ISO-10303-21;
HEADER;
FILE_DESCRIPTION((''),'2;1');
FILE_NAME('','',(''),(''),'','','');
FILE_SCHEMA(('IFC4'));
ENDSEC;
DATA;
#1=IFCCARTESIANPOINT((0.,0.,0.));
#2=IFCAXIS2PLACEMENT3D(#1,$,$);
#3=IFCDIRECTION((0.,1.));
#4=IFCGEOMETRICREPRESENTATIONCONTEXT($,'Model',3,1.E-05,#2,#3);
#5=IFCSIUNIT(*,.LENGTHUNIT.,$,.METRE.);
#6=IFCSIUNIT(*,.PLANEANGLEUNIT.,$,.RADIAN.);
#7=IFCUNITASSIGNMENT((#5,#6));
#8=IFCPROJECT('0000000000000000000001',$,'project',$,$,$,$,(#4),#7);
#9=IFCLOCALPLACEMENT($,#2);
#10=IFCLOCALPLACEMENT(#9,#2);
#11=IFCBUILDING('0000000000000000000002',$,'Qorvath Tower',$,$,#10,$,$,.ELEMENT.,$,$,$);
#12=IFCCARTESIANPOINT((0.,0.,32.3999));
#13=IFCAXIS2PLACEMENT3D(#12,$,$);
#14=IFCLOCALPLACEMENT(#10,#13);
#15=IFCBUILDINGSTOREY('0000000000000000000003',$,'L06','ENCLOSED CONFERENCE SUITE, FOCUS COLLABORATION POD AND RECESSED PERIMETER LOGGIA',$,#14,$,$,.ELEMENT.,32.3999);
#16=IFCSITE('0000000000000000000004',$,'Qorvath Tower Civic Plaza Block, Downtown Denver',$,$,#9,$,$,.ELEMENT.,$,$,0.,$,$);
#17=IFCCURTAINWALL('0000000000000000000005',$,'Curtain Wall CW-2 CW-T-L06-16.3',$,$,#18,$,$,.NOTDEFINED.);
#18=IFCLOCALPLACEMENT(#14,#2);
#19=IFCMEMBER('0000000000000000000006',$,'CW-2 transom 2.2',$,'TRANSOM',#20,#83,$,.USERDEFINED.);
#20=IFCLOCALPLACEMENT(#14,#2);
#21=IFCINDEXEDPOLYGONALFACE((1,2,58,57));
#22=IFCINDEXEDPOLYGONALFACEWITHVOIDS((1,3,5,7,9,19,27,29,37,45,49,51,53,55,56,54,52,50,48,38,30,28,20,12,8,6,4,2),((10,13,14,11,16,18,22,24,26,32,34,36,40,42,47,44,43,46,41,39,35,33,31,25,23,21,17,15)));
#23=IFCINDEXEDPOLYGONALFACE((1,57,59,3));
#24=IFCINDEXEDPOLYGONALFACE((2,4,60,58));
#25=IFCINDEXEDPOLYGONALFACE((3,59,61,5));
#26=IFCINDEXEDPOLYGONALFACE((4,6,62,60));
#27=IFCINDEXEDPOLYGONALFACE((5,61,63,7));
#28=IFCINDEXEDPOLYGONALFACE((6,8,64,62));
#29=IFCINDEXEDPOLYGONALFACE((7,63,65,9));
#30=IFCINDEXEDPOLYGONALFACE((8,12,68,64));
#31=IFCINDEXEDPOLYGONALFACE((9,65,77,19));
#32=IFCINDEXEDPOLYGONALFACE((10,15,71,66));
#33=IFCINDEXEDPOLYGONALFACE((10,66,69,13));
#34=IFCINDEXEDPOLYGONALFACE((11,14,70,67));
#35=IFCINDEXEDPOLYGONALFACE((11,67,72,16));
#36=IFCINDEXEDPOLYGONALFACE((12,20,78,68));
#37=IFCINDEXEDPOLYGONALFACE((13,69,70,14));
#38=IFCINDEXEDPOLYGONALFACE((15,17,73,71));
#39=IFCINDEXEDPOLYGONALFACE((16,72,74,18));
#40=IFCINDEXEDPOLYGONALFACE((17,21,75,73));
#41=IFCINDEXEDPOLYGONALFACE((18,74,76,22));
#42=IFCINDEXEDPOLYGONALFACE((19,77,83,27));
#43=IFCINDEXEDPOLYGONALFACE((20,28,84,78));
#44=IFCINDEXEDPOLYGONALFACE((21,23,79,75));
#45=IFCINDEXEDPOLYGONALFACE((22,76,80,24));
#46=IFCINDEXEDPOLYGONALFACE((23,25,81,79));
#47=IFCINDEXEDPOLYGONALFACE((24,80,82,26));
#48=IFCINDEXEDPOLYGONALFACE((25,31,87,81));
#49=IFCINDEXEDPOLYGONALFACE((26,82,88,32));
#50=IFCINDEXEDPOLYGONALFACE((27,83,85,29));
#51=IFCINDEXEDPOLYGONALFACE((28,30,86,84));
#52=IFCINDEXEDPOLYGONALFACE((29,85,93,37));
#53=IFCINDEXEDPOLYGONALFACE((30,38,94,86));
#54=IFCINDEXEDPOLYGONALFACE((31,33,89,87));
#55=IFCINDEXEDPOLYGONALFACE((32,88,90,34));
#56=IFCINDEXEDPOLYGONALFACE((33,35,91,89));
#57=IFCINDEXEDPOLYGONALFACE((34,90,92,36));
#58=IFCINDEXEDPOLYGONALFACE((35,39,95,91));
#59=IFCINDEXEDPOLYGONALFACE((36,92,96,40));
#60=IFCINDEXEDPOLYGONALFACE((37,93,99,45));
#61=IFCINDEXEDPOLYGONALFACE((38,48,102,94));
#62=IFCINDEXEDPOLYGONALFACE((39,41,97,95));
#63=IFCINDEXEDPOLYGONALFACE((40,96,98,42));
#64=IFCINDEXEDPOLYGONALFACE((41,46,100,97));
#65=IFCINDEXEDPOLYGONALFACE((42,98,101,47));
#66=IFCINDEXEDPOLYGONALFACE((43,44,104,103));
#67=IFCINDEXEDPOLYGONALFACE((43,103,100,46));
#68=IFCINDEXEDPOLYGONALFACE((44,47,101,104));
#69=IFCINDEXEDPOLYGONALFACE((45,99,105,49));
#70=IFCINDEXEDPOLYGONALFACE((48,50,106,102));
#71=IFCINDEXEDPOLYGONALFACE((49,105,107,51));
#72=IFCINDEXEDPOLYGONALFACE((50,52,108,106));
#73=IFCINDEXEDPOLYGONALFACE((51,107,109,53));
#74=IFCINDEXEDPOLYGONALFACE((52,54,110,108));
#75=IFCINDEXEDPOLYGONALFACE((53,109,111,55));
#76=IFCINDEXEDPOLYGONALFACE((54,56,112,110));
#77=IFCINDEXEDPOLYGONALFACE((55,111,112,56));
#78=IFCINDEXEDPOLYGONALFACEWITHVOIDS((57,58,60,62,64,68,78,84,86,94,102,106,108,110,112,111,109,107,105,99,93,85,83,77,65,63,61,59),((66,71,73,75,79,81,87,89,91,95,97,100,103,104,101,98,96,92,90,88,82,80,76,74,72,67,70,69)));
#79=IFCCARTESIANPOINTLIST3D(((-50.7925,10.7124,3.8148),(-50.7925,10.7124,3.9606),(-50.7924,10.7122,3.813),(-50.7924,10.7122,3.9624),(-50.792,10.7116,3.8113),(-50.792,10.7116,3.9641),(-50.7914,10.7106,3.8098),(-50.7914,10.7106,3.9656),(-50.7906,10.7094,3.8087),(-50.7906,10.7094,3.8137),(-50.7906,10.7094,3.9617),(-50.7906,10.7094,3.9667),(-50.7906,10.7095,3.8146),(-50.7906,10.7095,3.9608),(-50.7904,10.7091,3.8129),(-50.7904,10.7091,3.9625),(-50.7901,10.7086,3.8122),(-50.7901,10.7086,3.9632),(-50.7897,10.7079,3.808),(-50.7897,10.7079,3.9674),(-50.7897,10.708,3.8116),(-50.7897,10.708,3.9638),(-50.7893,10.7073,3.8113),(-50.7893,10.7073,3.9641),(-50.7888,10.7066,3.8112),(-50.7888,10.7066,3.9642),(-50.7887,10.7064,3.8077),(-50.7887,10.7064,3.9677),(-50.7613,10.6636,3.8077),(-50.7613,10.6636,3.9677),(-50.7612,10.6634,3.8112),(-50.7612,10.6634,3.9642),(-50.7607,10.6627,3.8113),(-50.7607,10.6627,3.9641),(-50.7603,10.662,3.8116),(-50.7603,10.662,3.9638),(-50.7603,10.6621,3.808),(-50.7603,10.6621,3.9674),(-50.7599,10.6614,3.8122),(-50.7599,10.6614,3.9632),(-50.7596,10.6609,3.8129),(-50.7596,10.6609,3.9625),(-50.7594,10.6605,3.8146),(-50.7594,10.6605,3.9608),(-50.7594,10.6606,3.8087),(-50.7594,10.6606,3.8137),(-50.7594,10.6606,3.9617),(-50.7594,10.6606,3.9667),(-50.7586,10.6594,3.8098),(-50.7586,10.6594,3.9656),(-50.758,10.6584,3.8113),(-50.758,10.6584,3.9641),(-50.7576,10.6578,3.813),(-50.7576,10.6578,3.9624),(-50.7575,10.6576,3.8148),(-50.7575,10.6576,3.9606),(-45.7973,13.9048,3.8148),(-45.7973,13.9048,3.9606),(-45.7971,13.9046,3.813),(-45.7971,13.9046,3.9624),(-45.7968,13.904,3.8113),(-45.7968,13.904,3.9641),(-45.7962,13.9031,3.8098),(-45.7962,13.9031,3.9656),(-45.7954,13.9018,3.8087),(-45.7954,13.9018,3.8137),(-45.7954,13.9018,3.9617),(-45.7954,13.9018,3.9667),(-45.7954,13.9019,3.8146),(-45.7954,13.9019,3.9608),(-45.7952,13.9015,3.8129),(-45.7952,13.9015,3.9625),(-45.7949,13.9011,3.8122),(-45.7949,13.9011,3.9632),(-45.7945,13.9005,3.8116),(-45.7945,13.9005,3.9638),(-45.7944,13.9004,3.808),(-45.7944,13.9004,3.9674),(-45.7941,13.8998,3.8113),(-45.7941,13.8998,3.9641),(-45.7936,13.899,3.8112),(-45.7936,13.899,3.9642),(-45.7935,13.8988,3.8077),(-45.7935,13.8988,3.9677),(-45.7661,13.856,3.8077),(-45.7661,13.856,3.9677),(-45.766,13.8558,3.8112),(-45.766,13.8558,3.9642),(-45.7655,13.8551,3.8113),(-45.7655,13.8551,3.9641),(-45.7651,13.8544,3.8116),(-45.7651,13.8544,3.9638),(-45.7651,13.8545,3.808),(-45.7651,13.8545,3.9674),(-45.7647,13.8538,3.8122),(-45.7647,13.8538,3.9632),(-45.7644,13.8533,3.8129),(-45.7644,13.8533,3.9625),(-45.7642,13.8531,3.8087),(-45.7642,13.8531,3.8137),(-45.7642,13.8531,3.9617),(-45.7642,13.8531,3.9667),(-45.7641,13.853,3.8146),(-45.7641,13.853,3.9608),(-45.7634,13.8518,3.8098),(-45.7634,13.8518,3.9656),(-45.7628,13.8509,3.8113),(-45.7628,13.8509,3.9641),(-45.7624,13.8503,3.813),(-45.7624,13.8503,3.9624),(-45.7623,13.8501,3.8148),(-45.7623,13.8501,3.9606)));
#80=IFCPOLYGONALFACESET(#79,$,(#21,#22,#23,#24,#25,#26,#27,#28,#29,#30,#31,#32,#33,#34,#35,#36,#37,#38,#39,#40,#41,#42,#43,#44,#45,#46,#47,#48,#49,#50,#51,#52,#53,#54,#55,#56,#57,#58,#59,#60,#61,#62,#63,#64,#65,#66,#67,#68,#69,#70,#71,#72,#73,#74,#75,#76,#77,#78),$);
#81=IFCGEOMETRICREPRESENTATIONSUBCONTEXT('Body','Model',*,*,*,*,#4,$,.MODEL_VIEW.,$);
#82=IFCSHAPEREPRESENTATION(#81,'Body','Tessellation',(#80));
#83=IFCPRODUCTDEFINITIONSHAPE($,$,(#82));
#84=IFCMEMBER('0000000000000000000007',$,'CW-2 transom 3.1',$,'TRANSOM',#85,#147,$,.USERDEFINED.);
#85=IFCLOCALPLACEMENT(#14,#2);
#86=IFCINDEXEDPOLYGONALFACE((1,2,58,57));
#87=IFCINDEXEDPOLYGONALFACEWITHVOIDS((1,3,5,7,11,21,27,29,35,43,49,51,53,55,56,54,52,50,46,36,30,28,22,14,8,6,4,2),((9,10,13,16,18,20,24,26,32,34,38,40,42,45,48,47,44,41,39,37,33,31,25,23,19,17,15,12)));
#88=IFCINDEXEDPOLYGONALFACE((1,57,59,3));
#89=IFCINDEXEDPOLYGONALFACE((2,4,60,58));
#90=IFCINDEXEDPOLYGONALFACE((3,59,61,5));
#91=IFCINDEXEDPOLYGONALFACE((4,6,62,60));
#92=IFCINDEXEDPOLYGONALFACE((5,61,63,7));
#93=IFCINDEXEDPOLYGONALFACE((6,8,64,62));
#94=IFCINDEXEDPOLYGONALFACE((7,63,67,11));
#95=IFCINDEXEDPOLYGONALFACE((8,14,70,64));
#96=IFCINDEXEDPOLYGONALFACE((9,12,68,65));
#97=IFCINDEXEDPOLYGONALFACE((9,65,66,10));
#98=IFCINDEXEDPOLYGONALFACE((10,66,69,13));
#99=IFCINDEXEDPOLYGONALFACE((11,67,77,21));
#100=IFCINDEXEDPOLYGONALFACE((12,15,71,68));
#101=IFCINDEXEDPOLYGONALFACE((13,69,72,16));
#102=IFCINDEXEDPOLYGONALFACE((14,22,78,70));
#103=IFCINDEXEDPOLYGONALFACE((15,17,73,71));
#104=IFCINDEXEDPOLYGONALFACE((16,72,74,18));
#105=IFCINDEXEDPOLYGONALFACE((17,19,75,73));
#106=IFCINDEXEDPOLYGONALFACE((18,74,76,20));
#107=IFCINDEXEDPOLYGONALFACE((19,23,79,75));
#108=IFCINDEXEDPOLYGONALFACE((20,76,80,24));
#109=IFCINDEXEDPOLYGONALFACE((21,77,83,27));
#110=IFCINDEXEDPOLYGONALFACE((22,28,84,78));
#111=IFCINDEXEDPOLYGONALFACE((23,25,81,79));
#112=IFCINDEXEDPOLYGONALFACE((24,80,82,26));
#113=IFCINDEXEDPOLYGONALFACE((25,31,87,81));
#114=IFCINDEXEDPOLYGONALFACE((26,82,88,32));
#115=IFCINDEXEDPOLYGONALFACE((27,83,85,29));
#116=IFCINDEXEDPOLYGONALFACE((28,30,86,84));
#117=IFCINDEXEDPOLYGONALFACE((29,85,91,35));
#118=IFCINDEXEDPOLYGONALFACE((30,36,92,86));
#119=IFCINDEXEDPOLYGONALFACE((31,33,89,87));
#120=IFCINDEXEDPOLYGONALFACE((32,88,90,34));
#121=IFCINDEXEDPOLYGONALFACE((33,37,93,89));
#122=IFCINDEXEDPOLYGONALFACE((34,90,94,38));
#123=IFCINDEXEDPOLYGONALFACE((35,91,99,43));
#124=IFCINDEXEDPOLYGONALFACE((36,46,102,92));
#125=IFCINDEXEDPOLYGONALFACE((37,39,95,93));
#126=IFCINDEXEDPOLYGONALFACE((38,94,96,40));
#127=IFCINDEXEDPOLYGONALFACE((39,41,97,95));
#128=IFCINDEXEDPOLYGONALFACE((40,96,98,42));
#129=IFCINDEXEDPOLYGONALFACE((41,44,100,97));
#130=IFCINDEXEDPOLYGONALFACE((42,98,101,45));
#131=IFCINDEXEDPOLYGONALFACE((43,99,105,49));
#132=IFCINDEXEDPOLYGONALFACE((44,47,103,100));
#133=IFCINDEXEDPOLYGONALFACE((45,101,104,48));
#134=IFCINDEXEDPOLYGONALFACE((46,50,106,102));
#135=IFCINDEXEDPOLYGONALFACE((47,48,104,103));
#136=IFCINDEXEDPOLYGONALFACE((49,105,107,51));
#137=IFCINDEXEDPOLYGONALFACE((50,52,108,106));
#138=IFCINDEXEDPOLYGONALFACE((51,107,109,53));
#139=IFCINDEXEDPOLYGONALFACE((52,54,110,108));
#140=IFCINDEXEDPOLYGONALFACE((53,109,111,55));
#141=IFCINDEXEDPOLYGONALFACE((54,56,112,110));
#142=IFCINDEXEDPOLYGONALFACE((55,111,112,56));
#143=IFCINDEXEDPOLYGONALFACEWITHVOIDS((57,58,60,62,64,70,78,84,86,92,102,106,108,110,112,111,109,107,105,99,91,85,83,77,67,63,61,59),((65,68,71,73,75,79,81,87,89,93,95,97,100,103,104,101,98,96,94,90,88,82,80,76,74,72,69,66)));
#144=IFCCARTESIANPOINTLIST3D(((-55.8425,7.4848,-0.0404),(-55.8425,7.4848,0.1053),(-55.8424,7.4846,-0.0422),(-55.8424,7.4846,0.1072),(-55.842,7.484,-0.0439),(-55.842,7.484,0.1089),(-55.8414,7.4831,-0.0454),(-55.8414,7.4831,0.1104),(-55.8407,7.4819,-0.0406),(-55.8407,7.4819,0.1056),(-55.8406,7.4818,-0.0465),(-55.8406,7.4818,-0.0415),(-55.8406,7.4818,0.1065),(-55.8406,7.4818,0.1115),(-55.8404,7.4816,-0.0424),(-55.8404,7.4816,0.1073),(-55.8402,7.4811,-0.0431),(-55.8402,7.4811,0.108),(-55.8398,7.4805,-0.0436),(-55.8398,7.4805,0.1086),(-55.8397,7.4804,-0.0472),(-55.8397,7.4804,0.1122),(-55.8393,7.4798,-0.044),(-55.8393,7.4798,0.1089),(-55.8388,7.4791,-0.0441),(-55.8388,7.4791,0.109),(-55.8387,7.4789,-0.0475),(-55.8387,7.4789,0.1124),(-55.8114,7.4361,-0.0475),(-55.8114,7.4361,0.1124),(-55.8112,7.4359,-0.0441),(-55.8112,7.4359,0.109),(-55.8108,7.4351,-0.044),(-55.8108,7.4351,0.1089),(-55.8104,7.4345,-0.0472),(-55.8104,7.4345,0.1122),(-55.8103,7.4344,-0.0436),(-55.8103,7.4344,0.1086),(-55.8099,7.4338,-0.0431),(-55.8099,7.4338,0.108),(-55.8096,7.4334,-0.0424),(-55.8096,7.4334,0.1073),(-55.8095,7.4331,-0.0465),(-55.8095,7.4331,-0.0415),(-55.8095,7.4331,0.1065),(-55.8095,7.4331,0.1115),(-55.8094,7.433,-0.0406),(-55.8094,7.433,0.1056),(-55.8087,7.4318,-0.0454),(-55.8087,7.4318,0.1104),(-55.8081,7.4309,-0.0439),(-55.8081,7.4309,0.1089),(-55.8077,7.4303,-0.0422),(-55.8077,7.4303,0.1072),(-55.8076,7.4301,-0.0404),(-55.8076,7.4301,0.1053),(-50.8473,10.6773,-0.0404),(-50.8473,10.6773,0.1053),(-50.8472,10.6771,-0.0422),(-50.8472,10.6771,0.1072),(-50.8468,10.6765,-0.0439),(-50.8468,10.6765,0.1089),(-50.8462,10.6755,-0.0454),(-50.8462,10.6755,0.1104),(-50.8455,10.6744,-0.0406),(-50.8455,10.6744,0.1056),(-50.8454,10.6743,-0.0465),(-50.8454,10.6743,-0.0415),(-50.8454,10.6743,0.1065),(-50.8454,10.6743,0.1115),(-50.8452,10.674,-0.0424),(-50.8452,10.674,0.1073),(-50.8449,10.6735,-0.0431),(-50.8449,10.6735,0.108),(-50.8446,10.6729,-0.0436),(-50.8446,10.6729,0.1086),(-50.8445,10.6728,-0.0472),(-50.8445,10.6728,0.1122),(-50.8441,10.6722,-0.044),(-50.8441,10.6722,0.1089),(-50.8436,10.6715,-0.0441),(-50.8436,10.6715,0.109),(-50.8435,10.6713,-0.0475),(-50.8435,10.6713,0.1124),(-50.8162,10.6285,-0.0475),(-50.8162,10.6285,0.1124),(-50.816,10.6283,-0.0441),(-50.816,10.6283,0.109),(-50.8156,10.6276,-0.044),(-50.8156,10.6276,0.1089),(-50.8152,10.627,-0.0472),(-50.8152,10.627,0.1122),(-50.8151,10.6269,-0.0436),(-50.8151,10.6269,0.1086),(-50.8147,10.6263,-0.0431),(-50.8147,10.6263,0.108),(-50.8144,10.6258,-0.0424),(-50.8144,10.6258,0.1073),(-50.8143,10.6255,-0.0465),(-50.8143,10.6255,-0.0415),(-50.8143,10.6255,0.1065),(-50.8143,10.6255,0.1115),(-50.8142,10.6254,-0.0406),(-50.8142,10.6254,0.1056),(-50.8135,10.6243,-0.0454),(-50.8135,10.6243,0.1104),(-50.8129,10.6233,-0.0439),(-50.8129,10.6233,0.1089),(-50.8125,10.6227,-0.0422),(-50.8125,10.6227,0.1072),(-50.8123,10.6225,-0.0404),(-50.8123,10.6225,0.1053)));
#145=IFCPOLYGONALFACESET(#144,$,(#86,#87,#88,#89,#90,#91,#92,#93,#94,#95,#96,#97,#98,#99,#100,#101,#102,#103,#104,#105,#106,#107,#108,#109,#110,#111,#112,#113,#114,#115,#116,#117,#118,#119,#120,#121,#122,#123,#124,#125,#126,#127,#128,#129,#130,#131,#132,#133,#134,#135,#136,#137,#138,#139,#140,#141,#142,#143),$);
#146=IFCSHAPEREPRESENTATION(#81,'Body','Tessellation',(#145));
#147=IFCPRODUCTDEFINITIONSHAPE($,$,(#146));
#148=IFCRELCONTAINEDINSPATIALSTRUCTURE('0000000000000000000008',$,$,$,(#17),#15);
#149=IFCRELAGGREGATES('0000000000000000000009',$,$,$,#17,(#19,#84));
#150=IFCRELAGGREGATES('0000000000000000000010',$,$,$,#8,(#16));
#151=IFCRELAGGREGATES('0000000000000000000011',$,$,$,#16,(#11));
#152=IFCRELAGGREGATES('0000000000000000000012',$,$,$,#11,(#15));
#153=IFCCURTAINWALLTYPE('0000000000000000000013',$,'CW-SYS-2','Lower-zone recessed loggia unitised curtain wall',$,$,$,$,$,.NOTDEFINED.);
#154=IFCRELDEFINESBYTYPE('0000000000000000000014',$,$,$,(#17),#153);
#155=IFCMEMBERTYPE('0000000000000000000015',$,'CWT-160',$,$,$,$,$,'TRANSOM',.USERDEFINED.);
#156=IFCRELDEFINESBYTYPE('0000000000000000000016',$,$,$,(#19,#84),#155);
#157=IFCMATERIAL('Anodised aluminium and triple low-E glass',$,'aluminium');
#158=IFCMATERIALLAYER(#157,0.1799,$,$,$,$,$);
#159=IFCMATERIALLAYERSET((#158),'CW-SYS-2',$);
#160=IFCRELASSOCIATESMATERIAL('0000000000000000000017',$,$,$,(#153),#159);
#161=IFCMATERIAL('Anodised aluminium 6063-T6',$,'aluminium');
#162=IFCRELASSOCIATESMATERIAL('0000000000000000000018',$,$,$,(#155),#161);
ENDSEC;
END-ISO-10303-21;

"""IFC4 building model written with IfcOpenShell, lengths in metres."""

from ifc_helpers import new_model, si_unit, direction, frame, origin, origin_2d, place, context, subcontext, project, spatial, hollow_rectangle, extrude, material, layer, layer_set, material_profile, profile_set, type_object, element, aggregate, save


model = new_model("IFC4")

# Units and contexts
model_context = context("Model", 3, precision=1e-05, world=origin(), true_north=direction((0.0, 1.0)))
body_context = subcontext(model_context, "Body", "Model", "MODEL_VIEW")
ifc_project = project(units=[si_unit("LENGTHUNIT", "METRE"), si_unit("PLANEANGLEUNIT", "RADIAN")], contexts=[model_context])

# Site, building, storey
site_placement = place(None, origin())
site = spatial("IfcSite", under=ifc_project, at=site_placement, Name="Qorvath Tower Civic Plaza Block, Downtown Denver", CompositionType="ELEMENT", RefElevation=0.0)
building_placement = place(site_placement, origin())
building = spatial("IfcBuilding", under=site, at=building_placement, Name="Qorvath Tower", CompositionType="ELEMENT")
storey_placement = place(building_placement, frame((0.0, 0.0, 32.3999)))
storey = spatial("IfcBuildingStorey", under=building, at=storey_placement, Name="L06", Description="ENCLOSED CONFERENCE SUITE, FOCUS COLLABORATION POD AND RECESSED PERIMETER LOGGIA", CompositionType="ELEMENT", Elevation=32.3999)

# Curtain wall, members
ifc_material_1 = material(Name="Anodised aluminium and triple low-E glass", Category="aluminium")
ifc_layer_1 = layer(ifc_material_1, 0.1799)
ifc_layer_set_1 = layer_set([ifc_layer_1], Name="CW-SYS-2")
curtain_wall_type = type_object("IfcCurtainWallType", Name="CW-SYS-2", Description="Lower-zone recessed loggia unitised curtain wall", PredefinedType="NOTDEFINED", material=ifc_layer_set_1)
curtain_wall_placement = place(storey_placement, origin())
curtain_wall = element("IfcCurtainWall", 1, at=curtain_wall_placement, inside=storey, type_object=curtain_wall_type, Name="Curtain Wall CW-2 CW-T-L06-16.3", PredefinedType="NOTDEFINED")
ifc_material_2 = material(Name="Anodised aluminium 6063-T6", Category="aluminium")
ifc_material_profile_1 = material_profile(ifc_material_2, hollow_rectangle(XDim=0.0649, YDim=0.1599, WallThickness=0.0034, InnerFilletRadius=0.0034, OuterFilletRadius=0.0071, at=origin_2d()), Name="CWT 160x65")
ifc_profile_set_1 = profile_set([ifc_material_profile_1], Name="Anodised aluminium 6063-T6")
member_type_1 = type_object("IfcMemberType", Name="CWT-160", ElementType="TRANSOM", PredefinedType="USERDEFINED", material=ifc_profile_set_1)
member_1_placement = place(storey_placement, frame((-45.7798, 13.8774, 3.8877), z_axis=(-0.842615, -0.538516, 0.0), x_axis=(0.538516, -0.842615, 0.0)))
member_1 = element("IfcMember", 2, at=member_1_placement, type_object=member_type_1, Name="CW-2 transom 2.2", ObjectType="TRANSOM", PredefinedType="USERDEFINED", context=body_context, shape_type="SweptSolid", body=[
    extrude(hollow_rectangle(XDim=0.0649, YDim=0.1599, WallThickness=0.0034, InnerFilletRadius=0.0034, OuterFilletRadius=0.0071, at=origin_2d()), origin(), (0.0, 0.0, 1.0), 5.9282),
])
member_2_placement = place(storey_placement, frame((-50.8298, 10.6499, 0.0325), z_axis=(-0.842615, -0.538516, 0.0), x_axis=(0.538516, -0.842615, 0.0)))
member_2 = element("IfcMember", 3, at=member_2_placement, type_object=member_type_1, Name="CW-2 transom 3.1", ObjectType="TRANSOM", PredefinedType="USERDEFINED", context=body_context, shape_type="SweptSolid", body=[
    extrude(hollow_rectangle(XDim=0.0649, YDim=0.1599, WallThickness=0.0034, InnerFilletRadius=0.0034, OuterFilletRadius=0.0071, at=origin_2d()), origin(), (0.0, 0.0, 1.0), 5.9282),
])
aggregate(curtain_wall, [member_1, member_2])

save(model, "model.ifc")
